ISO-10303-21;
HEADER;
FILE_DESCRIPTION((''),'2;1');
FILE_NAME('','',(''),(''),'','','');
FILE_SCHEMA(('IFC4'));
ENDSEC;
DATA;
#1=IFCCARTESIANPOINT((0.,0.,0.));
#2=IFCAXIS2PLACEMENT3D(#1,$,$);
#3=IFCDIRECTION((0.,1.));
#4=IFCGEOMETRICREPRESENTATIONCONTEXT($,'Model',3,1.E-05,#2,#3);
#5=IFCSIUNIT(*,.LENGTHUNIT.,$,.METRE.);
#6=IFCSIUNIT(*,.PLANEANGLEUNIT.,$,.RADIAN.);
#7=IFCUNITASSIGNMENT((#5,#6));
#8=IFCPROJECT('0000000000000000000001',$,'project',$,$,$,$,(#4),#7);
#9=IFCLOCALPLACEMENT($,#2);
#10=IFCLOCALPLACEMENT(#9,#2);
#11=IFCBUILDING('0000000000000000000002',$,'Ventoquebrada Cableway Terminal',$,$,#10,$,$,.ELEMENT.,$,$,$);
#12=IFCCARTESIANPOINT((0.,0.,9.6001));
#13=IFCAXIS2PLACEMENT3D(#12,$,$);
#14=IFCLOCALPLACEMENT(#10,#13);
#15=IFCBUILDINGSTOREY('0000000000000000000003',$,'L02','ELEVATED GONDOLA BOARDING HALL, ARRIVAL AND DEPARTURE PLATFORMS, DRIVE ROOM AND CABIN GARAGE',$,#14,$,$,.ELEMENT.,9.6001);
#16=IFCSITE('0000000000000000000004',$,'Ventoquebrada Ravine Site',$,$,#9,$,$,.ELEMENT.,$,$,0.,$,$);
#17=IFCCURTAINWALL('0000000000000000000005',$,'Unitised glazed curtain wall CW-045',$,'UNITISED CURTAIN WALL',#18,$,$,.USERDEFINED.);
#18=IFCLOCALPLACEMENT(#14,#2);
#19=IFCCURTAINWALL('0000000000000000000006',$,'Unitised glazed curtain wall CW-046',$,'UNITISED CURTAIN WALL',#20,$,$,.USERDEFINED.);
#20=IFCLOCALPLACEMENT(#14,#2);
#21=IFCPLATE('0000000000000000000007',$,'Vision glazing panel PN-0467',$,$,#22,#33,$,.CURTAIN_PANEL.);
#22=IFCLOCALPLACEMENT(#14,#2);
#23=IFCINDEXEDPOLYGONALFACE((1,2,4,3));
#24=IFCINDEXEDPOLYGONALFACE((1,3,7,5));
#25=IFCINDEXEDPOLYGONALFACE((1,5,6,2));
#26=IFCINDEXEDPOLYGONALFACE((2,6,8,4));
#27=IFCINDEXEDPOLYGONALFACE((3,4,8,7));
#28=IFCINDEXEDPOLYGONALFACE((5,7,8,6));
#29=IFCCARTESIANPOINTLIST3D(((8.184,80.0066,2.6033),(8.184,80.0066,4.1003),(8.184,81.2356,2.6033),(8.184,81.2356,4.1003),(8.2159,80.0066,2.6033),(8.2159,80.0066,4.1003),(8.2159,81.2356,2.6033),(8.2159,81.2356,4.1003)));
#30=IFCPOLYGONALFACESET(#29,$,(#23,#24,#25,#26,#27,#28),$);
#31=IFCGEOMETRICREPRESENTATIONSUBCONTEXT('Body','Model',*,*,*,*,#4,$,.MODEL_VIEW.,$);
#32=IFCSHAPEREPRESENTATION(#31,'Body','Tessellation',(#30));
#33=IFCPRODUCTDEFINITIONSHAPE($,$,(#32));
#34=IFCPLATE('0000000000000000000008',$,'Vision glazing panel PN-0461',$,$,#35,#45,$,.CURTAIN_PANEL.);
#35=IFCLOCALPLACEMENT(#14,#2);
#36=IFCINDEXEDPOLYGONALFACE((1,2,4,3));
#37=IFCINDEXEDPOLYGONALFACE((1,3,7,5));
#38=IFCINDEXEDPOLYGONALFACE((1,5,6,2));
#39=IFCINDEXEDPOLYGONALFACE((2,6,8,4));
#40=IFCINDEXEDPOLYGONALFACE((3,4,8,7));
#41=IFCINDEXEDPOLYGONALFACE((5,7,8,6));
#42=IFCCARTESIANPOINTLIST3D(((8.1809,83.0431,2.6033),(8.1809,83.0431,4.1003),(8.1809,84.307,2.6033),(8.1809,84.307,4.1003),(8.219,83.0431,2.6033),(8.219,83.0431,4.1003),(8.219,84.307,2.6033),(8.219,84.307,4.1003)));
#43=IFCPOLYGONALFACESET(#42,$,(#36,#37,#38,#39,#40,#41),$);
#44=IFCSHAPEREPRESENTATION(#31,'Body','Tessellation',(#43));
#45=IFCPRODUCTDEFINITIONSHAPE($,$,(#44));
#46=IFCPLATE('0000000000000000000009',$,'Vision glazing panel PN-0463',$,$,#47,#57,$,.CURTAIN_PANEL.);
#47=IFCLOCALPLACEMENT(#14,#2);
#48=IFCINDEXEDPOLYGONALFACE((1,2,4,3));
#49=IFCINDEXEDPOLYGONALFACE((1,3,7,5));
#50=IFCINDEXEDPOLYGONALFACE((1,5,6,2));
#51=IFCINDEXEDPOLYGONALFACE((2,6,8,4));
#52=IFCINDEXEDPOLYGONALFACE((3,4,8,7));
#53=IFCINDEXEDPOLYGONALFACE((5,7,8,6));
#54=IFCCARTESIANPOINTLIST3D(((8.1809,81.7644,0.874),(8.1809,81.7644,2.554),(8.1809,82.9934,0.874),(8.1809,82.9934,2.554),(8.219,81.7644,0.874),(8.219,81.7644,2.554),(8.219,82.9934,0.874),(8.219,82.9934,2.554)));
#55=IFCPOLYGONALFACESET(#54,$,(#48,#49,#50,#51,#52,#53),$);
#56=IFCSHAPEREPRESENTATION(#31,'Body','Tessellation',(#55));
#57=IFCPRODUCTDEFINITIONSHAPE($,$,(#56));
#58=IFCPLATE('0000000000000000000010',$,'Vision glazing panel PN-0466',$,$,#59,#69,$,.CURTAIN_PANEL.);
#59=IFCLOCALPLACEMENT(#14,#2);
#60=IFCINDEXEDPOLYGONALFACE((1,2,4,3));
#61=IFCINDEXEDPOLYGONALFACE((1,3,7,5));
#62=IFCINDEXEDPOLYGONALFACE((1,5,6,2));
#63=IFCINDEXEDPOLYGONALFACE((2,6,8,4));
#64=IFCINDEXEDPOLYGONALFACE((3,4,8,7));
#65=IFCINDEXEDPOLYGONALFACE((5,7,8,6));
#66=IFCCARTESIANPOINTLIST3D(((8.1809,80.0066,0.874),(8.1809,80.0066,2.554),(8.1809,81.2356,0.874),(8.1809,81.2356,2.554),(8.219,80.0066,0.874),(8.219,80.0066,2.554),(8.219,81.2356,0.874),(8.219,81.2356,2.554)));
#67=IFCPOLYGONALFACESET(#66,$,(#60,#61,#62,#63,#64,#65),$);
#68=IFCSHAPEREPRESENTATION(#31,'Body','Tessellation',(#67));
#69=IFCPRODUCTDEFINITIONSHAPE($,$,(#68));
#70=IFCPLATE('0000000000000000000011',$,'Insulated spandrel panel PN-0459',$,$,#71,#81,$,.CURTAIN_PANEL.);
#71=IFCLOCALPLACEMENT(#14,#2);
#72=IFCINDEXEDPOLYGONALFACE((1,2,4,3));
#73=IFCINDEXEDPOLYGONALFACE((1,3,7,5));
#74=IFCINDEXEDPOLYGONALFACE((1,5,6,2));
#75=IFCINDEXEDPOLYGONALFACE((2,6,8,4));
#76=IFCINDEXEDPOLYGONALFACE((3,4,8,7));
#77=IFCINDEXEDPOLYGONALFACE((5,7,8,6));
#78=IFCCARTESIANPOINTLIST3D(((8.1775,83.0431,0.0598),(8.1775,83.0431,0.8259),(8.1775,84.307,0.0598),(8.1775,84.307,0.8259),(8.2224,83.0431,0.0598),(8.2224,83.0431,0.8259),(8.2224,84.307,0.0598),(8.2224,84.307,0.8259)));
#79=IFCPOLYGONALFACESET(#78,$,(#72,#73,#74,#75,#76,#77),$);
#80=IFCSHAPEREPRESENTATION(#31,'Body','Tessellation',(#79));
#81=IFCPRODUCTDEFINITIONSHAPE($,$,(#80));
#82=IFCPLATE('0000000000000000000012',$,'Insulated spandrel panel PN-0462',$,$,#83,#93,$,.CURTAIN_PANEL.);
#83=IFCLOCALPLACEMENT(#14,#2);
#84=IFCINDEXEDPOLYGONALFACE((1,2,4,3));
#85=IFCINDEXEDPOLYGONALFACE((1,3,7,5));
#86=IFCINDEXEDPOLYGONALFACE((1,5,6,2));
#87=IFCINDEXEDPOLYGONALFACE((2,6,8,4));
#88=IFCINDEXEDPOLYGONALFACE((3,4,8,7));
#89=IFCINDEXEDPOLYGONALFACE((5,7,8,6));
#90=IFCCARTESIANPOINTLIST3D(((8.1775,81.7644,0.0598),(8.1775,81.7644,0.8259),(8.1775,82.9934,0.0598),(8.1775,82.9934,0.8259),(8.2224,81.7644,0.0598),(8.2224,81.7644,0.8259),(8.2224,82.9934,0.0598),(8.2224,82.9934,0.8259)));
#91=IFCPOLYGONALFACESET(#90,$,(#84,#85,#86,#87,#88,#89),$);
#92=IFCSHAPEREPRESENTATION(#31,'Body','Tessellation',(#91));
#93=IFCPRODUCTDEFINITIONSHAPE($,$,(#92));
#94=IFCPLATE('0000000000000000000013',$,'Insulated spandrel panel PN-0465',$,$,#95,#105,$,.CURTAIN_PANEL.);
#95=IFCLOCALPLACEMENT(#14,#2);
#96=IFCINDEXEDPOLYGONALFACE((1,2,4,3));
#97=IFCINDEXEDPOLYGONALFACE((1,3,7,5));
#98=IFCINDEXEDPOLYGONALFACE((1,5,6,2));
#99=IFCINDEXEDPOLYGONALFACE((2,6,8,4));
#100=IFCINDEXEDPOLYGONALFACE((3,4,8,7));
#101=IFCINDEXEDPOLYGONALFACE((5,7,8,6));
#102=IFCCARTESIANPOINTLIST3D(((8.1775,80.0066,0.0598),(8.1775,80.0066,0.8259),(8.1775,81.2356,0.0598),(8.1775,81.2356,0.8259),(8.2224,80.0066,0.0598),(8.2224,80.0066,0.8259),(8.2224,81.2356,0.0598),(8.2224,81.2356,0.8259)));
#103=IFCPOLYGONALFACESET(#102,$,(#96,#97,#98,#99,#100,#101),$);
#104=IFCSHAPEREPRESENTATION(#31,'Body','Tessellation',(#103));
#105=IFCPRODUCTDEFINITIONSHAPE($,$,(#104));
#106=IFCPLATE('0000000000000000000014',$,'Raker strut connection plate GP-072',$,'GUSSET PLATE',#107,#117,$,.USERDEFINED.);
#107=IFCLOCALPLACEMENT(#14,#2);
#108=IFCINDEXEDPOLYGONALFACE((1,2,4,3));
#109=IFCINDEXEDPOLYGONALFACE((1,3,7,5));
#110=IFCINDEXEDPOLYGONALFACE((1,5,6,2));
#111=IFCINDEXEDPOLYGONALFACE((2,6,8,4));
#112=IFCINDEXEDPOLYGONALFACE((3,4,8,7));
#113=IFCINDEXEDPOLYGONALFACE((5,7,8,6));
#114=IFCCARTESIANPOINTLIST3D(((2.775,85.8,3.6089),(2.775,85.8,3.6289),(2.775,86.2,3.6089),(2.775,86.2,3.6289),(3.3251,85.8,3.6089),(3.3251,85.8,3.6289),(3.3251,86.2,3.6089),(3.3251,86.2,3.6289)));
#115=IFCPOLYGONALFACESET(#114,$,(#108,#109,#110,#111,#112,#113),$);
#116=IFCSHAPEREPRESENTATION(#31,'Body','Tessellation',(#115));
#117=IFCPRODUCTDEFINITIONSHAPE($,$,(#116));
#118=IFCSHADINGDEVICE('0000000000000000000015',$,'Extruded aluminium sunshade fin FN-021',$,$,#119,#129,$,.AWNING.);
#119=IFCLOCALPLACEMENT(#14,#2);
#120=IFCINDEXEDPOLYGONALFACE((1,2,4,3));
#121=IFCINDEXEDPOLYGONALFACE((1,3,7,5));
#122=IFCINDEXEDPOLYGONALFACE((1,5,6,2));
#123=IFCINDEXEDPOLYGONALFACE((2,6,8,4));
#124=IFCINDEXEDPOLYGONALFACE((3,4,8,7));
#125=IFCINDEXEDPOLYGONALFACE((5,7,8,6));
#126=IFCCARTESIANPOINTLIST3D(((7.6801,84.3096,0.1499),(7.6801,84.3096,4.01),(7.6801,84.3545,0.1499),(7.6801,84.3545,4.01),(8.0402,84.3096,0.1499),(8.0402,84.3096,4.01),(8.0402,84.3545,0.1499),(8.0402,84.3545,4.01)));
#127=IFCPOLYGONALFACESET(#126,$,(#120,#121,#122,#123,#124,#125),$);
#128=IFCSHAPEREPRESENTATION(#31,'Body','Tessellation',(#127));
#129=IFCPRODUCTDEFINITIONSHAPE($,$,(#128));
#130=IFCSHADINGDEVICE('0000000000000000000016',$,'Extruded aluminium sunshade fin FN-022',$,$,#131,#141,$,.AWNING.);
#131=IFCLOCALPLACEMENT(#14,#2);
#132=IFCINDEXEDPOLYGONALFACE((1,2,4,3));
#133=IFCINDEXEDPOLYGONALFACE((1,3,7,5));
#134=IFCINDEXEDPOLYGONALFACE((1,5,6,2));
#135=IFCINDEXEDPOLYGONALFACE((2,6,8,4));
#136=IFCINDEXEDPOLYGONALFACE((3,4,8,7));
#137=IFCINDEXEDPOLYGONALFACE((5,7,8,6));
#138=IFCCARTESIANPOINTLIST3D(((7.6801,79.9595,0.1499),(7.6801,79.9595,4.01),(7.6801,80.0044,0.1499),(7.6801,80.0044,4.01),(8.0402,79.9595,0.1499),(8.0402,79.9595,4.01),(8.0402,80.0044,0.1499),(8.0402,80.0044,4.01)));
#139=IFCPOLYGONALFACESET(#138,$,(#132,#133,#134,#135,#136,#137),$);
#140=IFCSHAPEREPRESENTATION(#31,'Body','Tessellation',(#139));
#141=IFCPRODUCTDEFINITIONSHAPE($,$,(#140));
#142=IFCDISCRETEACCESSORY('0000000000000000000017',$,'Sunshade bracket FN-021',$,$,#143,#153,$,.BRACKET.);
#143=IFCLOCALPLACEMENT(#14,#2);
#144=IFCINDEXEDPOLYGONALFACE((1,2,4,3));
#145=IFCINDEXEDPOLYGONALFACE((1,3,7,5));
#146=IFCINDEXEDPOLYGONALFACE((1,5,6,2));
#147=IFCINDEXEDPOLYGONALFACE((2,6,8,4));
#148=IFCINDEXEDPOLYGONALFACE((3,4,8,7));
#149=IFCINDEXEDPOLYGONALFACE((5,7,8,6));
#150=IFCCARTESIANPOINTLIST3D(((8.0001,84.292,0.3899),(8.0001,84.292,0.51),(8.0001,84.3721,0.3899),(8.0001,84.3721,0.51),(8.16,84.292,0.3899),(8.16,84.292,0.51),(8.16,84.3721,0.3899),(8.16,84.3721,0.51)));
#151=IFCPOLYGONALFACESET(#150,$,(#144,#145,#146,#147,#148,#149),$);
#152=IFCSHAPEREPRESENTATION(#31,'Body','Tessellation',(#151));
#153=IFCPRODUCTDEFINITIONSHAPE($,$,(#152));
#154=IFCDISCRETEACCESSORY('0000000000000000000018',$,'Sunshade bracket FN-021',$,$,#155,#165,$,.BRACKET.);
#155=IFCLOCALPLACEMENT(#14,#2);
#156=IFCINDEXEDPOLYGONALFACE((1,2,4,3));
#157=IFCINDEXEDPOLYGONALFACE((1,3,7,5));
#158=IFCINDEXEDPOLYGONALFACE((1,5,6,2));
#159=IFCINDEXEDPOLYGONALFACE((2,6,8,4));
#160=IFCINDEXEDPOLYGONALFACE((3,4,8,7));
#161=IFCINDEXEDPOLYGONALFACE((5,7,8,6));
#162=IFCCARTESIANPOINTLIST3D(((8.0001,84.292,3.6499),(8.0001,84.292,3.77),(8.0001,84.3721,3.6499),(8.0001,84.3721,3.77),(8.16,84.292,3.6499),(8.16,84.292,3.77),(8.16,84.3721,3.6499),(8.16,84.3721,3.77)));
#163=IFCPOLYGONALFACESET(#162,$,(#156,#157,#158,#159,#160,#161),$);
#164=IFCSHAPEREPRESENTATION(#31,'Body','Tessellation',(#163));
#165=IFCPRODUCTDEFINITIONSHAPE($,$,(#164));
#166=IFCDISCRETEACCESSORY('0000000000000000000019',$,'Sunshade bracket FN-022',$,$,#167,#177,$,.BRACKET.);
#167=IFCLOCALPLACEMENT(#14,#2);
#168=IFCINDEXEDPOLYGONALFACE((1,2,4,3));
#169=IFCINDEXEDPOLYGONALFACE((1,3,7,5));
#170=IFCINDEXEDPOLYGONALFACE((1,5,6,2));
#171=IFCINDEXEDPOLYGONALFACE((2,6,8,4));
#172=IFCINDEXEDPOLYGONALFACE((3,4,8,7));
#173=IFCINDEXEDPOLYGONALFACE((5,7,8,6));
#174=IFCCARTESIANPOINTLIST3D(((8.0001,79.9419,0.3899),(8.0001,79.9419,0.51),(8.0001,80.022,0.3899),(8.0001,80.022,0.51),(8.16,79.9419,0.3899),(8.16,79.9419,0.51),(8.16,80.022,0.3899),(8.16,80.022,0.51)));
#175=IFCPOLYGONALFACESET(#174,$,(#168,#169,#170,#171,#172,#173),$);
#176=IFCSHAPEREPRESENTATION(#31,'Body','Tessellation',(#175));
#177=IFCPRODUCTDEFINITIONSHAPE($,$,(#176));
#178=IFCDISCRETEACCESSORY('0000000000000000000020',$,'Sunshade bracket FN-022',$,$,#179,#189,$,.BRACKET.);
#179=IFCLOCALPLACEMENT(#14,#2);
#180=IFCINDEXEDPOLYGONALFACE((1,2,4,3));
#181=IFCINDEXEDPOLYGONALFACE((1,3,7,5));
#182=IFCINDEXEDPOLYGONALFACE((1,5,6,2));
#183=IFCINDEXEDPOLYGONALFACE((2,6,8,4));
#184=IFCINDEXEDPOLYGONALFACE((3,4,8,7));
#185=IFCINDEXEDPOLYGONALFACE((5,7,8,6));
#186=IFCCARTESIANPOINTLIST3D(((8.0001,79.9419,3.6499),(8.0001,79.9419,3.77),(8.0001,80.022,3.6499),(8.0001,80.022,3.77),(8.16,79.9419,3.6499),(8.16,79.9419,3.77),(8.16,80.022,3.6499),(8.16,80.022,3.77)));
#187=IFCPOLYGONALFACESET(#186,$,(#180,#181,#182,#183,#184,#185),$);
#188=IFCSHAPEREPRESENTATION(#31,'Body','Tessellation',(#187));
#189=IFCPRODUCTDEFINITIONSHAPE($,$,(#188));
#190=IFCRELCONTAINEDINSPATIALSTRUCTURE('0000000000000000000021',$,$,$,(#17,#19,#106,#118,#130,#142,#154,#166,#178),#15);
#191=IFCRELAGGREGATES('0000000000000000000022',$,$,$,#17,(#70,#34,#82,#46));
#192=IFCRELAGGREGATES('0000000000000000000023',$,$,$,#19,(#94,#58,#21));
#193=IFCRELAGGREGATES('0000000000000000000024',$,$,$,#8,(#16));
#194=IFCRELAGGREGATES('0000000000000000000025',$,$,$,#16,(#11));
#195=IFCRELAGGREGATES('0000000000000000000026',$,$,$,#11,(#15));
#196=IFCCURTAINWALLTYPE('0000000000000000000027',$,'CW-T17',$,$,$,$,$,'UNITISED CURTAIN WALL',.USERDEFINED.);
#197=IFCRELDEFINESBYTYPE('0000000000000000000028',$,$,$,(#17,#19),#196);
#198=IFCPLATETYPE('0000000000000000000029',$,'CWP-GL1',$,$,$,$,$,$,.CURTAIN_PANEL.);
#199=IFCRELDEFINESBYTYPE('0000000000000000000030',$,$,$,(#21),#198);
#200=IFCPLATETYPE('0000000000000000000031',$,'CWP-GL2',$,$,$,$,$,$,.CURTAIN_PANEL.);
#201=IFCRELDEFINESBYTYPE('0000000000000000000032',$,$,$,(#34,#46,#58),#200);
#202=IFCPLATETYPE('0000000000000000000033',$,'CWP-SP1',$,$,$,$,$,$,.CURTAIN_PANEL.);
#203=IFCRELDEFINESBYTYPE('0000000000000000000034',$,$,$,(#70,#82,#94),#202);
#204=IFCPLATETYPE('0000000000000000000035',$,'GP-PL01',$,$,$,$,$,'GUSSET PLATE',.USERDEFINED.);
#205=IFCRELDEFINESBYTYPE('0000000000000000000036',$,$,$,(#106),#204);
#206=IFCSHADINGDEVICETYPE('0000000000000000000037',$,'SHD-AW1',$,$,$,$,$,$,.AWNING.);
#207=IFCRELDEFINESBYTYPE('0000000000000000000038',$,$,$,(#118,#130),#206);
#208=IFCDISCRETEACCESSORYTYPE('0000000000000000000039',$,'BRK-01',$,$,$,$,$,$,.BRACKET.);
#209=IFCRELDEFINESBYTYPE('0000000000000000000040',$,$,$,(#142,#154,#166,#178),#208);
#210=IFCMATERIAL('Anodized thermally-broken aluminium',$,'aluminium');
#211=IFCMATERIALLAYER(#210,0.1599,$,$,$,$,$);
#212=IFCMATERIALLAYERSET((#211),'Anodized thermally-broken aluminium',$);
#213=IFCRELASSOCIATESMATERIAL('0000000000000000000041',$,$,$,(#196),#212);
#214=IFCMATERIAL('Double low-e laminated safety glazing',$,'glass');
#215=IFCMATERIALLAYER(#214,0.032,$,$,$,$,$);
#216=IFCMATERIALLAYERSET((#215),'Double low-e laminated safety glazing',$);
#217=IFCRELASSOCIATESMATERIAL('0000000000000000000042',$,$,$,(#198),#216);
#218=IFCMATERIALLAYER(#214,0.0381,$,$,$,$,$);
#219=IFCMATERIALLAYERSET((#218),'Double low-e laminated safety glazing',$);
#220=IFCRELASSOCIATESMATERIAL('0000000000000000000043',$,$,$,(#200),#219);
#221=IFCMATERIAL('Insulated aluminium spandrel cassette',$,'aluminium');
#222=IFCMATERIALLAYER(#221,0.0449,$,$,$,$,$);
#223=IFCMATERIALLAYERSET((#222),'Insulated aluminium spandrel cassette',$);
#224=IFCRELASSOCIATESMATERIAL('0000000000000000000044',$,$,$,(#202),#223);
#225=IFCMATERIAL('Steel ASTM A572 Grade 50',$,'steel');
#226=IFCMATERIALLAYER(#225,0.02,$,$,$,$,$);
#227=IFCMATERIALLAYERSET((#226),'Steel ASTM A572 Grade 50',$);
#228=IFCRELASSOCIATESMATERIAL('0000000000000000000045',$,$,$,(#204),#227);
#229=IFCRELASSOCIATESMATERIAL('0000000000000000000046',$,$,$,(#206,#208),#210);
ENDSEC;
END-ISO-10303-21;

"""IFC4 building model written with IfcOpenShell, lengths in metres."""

from ifc_helpers import new_model, si_unit, direction, frame, origin, origin_2d, place, context, subcontext, project, spatial, rectangle, extrude, material, layer, layer_set, type_object, element, aggregate, save


model = new_model("IFC4")

# Units and contexts
model_context = context("Model", 3, precision=1e-05, world=origin(), true_north=direction((0.0, 1.0)))
body_context = subcontext(model_context, "Body", "Model", "MODEL_VIEW")
ifc_project = project(units=[si_unit("LENGTHUNIT", "METRE"), si_unit("PLANEANGLEUNIT", "RADIAN")], contexts=[model_context])

# Site, building, storey
site_placement = place(None, origin())
site = spatial("IfcSite", under=ifc_project, at=site_placement, Name="Ventoquebrada Ravine Site", CompositionType="ELEMENT", RefElevation=0.0)
building_placement = place(site_placement, origin())
building = spatial("IfcBuilding", under=site, at=building_placement, Name="Ventoquebrada Cableway Terminal", CompositionType="ELEMENT")
storey_placement = place(building_placement, frame((0.0, 0.0, 9.6001)))
storey = spatial("IfcBuildingStorey", under=building, at=storey_placement, Name="L02", Description="ELEVATED GONDOLA BOARDING HALL, ARRIVAL AND DEPARTURE PLATFORMS, DRIVE ROOM AND CABIN GARAGE", CompositionType="ELEMENT", Elevation=9.6001)

# Curtain walls
ifc_material_1 = material(Name="Anodized thermally-broken aluminium", Category="aluminium")
ifc_layer_1 = layer(ifc_material_1, 0.1599)
ifc_layer_set_1 = layer_set([ifc_layer_1], Name="Anodized thermally-broken aluminium")
curtain_wall_type = type_object("IfcCurtainWallType", Name="CW-T17", ElementType="UNITISED CURTAIN WALL", PredefinedType="USERDEFINED", material=ifc_layer_set_1)
curtain_wall_1_placement = place(storey_placement, origin())
curtain_wall_1 = element("IfcCurtainWall", 1, at=curtain_wall_1_placement, inside=storey, type_object=curtain_wall_type, Name="Unitised glazed curtain wall CW-045", ObjectType="UNITISED CURTAIN WALL", PredefinedType="USERDEFINED")
curtain_wall_2_placement = place(storey_placement, origin())
curtain_wall_2 = element("IfcCurtainWall", 2, at=curtain_wall_2_placement, inside=storey, type_object=curtain_wall_type, Name="Unitised glazed curtain wall CW-046", ObjectType="UNITISED CURTAIN WALL", PredefinedType="USERDEFINED")

# Plates
ifc_material_2 = material(Name="Double low-e laminated safety glazing", Category="glass")
ifc_layer_2 = layer(ifc_material_2, 0.032)
ifc_layer_set_2 = layer_set([ifc_layer_2], Name="Double low-e laminated safety glazing")
plate_type_1 = type_object("IfcPlateType", Name="CWP-GL1", PredefinedType="CURTAIN_PANEL", material=ifc_layer_set_2)
plate_1_placement = place(storey_placement, frame((8.2, 80.6211, 2.6033), z_axis=(0.0, 0.0, 1.0), x_axis=(0.0, -1.0, 0.0)))
plate_1 = element("IfcPlate", 3, at=plate_1_placement, type_object=plate_type_1, Name="Vision glazing panel PN-0467", PredefinedType="CURTAIN_PANEL", context=body_context, shape_type="SweptSolid", body=[
    extrude(rectangle(XDim=1.229, YDim=0.032, at=origin_2d()), origin(), (0.0, 0.0, 1.0), 1.4971),
])
ifc_layer_3 = layer(ifc_material_2, 0.0381)
ifc_layer_set_3 = layer_set([ifc_layer_3], Name="Double low-e laminated safety glazing")
plate_type_2 = type_object("IfcPlateType", Name="CWP-GL2", PredefinedType="CURTAIN_PANEL", material=ifc_layer_set_3)
plate_2_placement = place(storey_placement, frame((8.2, 83.675, 2.6033), z_axis=(0.0, 0.0, 1.0), x_axis=(0.0, -1.0, 0.0)))
plate_2 = element("IfcPlate", 4, at=plate_2_placement, type_object=plate_type_2, Name="Vision glazing panel PN-0461", PredefinedType="CURTAIN_PANEL", context=body_context, shape_type="SweptSolid", body=[
    extrude(rectangle(XDim=1.2639, YDim=0.0381, at=origin_2d()), origin(), (0.0, 0.0, 1.0), 1.4971),
])
plate_3_placement = place(storey_placement, frame((8.2, 82.3789, 0.874), z_axis=(0.0, 0.0, 1.0), x_axis=(0.0, -1.0, 0.0)))
plate_3 = element("IfcPlate", 5, at=plate_3_placement, type_object=plate_type_2, Name="Vision glazing panel PN-0463", PredefinedType="CURTAIN_PANEL", context=body_context, shape_type="SweptSolid", body=[
    extrude(rectangle(XDim=1.229, YDim=0.0381, at=origin_2d()), origin(), (0.0, 0.0, 1.0), 1.6799),
])
plate_4_placement = place(storey_placement, frame((8.2, 80.6211, 0.874), z_axis=(0.0, 0.0, 1.0), x_axis=(0.0, -1.0, 0.0)))
plate_4 = element("IfcPlate", 6, at=plate_4_placement, type_object=plate_type_2, Name="Vision glazing panel PN-0466", PredefinedType="CURTAIN_PANEL", context=body_context, shape_type="SweptSolid", body=[
    extrude(rectangle(XDim=1.229, YDim=0.0381, at=origin_2d()), origin(), (0.0, 0.0, 1.0), 1.6799),
])
ifc_material_3 = material(Name="Insulated aluminium spandrel cassette", Category="aluminium")
ifc_layer_4 = layer(ifc_material_3, 0.0449)
ifc_layer_set_4 = layer_set([ifc_layer_4], Name="Insulated aluminium spandrel cassette")
plate_type_3 = type_object("IfcPlateType", Name="CWP-SP1", PredefinedType="CURTAIN_PANEL", material=ifc_layer_set_4)
plate_5_placement = place(storey_placement, frame((8.2, 83.675, 0.0598), z_axis=(0.0, 0.0, 1.0), x_axis=(0.0, -1.0, 0.0)))
plate_5 = element("IfcPlate", 7, at=plate_5_placement, type_object=plate_type_3, Name="Insulated spandrel panel PN-0459", PredefinedType="CURTAIN_PANEL", context=body_context, shape_type="SweptSolid", body=[
    extrude(rectangle(XDim=1.2639, YDim=0.0449, at=origin_2d()), origin(), (0.0, 0.0, 1.0), 0.7661),
])
plate_6_placement = place(storey_placement, frame((8.2, 82.3789, 0.0598), z_axis=(0.0, 0.0, 1.0), x_axis=(0.0, -1.0, 0.0)))
plate_6 = element("IfcPlate", 8, at=plate_6_placement, type_object=plate_type_3, Name="Insulated spandrel panel PN-0462", PredefinedType="CURTAIN_PANEL", context=body_context, shape_type="SweptSolid", body=[
    extrude(rectangle(XDim=1.229, YDim=0.0449, at=origin_2d()), origin(), (0.0, 0.0, 1.0), 0.7661),
])
aggregate(curtain_wall_1, [plate_5, plate_2, plate_6, plate_3])
plate_7_placement = place(storey_placement, frame((8.2, 80.6211, 0.0598), z_axis=(0.0, 0.0, 1.0), x_axis=(0.0, -1.0, 0.0)))
plate_7 = element("IfcPlate", 9, at=plate_7_placement, type_object=plate_type_3, Name="Insulated spandrel panel PN-0465", PredefinedType="CURTAIN_PANEL", context=body_context, shape_type="SweptSolid", body=[
    extrude(rectangle(XDim=1.229, YDim=0.0449, at=origin_2d()), origin(), (0.0, 0.0, 1.0), 0.7661),
])
aggregate(curtain_wall_2, [plate_7, plate_4, plate_1])
ifc_material_4 = material(Name="Steel ASTM A572 Grade 50", Category="steel")
ifc_layer_5 = layer(ifc_material_4, 0.02)
ifc_layer_set_5 = layer_set([ifc_layer_5], Name="Steel ASTM A572 Grade 50")
plate_type_4 = type_object("IfcPlateType", Name="GP-PL01", ElementType="GUSSET PLATE", PredefinedType="USERDEFINED", material=ifc_layer_set_5)
plate_8_placement = place(storey_placement, frame((3.05, 86.0, 3.6089), z_axis=(0.0, 0.0, 1.0), x_axis=(1.0, 0.0, 0.0)))
element("IfcPlate", 10, at=plate_8_placement, inside=storey, type_object=plate_type_4, Name="Raker strut connection plate GP-072", ObjectType="GUSSET PLATE", PredefinedType="USERDEFINED", context=body_context, shape_type="SweptSolid", body=[
    extrude(rectangle(XDim=0.55, YDim=0.3999, at=origin_2d()), origin(), (0.0, 0.0, 1.0), 0.02),
])

# Shading devices
shading_device_type = type_object("IfcShadingDeviceType", Name="SHD-AW1", PredefinedType="AWNING", material=ifc_material_1)
for number, where, z_axis, x_axis, name in (
    (11, (7.8601, 84.332, 0.1499), (0.0, 0.0, 1.0), (0.0, -1.0, 0.0), "Extruded aluminium sunshade fin FN-021"),
    (12, (7.8601, 79.9819, 0.1499), (0.0, 0.0, 1.0), (0.0, -1.0, 0.0), "Extruded aluminium sunshade fin FN-022"),
):
    element("IfcShadingDevice", number, at=place(storey_placement, frame(where, z_axis=z_axis, x_axis=x_axis)), inside=storey, type_object=shading_device_type, Name=name, PredefinedType="AWNING", context=body_context, shape_type="SweptSolid", body=[
        extrude(rectangle(XDim=0.0449, YDim=0.3601, at=origin_2d()), origin(), (0.0, 0.0, 1.0), 3.8601),
    ])

# Discrete accessories
discrete_accessory_type = type_object("IfcDiscreteAccessoryType", Name="BRK-01", PredefinedType="BRACKET", material=ifc_material_1)
for number, where, z_axis, x_axis, name in (
    (13, (8.0801, 84.332, 0.3899), (0.0, 0.0, 1.0), (0.0, -1.0, 0.0), "Sunshade bracket FN-021"),
    (14, (8.0801, 84.332, 3.6499), (0.0, 0.0, 1.0), (0.0, -1.0, 0.0), "Sunshade bracket FN-021"),
    (15, (8.0801, 79.9819, 0.3899), (0.0, 0.0, 1.0), (0.0, -1.0, 0.0), "Sunshade bracket FN-022"),
    (16, (8.0801, 79.9819, 3.6499), (0.0, 0.0, 1.0), (0.0, -1.0, 0.0), "Sunshade bracket FN-022"),
):
    element("IfcDiscreteAccessory", number, at=place(storey_placement, frame(where, z_axis=z_axis, x_axis=x_axis)), inside=storey, type_object=discrete_accessory_type, Name=name, PredefinedType="BRACKET", context=body_context, shape_type="SweptSolid", body=[
        extrude(rectangle(XDim=0.0801, YDim=0.1599, at=origin_2d()), origin(), (0.0, 0.0, 1.0), 0.1201),
    ])

save(model, "model.ifc")
